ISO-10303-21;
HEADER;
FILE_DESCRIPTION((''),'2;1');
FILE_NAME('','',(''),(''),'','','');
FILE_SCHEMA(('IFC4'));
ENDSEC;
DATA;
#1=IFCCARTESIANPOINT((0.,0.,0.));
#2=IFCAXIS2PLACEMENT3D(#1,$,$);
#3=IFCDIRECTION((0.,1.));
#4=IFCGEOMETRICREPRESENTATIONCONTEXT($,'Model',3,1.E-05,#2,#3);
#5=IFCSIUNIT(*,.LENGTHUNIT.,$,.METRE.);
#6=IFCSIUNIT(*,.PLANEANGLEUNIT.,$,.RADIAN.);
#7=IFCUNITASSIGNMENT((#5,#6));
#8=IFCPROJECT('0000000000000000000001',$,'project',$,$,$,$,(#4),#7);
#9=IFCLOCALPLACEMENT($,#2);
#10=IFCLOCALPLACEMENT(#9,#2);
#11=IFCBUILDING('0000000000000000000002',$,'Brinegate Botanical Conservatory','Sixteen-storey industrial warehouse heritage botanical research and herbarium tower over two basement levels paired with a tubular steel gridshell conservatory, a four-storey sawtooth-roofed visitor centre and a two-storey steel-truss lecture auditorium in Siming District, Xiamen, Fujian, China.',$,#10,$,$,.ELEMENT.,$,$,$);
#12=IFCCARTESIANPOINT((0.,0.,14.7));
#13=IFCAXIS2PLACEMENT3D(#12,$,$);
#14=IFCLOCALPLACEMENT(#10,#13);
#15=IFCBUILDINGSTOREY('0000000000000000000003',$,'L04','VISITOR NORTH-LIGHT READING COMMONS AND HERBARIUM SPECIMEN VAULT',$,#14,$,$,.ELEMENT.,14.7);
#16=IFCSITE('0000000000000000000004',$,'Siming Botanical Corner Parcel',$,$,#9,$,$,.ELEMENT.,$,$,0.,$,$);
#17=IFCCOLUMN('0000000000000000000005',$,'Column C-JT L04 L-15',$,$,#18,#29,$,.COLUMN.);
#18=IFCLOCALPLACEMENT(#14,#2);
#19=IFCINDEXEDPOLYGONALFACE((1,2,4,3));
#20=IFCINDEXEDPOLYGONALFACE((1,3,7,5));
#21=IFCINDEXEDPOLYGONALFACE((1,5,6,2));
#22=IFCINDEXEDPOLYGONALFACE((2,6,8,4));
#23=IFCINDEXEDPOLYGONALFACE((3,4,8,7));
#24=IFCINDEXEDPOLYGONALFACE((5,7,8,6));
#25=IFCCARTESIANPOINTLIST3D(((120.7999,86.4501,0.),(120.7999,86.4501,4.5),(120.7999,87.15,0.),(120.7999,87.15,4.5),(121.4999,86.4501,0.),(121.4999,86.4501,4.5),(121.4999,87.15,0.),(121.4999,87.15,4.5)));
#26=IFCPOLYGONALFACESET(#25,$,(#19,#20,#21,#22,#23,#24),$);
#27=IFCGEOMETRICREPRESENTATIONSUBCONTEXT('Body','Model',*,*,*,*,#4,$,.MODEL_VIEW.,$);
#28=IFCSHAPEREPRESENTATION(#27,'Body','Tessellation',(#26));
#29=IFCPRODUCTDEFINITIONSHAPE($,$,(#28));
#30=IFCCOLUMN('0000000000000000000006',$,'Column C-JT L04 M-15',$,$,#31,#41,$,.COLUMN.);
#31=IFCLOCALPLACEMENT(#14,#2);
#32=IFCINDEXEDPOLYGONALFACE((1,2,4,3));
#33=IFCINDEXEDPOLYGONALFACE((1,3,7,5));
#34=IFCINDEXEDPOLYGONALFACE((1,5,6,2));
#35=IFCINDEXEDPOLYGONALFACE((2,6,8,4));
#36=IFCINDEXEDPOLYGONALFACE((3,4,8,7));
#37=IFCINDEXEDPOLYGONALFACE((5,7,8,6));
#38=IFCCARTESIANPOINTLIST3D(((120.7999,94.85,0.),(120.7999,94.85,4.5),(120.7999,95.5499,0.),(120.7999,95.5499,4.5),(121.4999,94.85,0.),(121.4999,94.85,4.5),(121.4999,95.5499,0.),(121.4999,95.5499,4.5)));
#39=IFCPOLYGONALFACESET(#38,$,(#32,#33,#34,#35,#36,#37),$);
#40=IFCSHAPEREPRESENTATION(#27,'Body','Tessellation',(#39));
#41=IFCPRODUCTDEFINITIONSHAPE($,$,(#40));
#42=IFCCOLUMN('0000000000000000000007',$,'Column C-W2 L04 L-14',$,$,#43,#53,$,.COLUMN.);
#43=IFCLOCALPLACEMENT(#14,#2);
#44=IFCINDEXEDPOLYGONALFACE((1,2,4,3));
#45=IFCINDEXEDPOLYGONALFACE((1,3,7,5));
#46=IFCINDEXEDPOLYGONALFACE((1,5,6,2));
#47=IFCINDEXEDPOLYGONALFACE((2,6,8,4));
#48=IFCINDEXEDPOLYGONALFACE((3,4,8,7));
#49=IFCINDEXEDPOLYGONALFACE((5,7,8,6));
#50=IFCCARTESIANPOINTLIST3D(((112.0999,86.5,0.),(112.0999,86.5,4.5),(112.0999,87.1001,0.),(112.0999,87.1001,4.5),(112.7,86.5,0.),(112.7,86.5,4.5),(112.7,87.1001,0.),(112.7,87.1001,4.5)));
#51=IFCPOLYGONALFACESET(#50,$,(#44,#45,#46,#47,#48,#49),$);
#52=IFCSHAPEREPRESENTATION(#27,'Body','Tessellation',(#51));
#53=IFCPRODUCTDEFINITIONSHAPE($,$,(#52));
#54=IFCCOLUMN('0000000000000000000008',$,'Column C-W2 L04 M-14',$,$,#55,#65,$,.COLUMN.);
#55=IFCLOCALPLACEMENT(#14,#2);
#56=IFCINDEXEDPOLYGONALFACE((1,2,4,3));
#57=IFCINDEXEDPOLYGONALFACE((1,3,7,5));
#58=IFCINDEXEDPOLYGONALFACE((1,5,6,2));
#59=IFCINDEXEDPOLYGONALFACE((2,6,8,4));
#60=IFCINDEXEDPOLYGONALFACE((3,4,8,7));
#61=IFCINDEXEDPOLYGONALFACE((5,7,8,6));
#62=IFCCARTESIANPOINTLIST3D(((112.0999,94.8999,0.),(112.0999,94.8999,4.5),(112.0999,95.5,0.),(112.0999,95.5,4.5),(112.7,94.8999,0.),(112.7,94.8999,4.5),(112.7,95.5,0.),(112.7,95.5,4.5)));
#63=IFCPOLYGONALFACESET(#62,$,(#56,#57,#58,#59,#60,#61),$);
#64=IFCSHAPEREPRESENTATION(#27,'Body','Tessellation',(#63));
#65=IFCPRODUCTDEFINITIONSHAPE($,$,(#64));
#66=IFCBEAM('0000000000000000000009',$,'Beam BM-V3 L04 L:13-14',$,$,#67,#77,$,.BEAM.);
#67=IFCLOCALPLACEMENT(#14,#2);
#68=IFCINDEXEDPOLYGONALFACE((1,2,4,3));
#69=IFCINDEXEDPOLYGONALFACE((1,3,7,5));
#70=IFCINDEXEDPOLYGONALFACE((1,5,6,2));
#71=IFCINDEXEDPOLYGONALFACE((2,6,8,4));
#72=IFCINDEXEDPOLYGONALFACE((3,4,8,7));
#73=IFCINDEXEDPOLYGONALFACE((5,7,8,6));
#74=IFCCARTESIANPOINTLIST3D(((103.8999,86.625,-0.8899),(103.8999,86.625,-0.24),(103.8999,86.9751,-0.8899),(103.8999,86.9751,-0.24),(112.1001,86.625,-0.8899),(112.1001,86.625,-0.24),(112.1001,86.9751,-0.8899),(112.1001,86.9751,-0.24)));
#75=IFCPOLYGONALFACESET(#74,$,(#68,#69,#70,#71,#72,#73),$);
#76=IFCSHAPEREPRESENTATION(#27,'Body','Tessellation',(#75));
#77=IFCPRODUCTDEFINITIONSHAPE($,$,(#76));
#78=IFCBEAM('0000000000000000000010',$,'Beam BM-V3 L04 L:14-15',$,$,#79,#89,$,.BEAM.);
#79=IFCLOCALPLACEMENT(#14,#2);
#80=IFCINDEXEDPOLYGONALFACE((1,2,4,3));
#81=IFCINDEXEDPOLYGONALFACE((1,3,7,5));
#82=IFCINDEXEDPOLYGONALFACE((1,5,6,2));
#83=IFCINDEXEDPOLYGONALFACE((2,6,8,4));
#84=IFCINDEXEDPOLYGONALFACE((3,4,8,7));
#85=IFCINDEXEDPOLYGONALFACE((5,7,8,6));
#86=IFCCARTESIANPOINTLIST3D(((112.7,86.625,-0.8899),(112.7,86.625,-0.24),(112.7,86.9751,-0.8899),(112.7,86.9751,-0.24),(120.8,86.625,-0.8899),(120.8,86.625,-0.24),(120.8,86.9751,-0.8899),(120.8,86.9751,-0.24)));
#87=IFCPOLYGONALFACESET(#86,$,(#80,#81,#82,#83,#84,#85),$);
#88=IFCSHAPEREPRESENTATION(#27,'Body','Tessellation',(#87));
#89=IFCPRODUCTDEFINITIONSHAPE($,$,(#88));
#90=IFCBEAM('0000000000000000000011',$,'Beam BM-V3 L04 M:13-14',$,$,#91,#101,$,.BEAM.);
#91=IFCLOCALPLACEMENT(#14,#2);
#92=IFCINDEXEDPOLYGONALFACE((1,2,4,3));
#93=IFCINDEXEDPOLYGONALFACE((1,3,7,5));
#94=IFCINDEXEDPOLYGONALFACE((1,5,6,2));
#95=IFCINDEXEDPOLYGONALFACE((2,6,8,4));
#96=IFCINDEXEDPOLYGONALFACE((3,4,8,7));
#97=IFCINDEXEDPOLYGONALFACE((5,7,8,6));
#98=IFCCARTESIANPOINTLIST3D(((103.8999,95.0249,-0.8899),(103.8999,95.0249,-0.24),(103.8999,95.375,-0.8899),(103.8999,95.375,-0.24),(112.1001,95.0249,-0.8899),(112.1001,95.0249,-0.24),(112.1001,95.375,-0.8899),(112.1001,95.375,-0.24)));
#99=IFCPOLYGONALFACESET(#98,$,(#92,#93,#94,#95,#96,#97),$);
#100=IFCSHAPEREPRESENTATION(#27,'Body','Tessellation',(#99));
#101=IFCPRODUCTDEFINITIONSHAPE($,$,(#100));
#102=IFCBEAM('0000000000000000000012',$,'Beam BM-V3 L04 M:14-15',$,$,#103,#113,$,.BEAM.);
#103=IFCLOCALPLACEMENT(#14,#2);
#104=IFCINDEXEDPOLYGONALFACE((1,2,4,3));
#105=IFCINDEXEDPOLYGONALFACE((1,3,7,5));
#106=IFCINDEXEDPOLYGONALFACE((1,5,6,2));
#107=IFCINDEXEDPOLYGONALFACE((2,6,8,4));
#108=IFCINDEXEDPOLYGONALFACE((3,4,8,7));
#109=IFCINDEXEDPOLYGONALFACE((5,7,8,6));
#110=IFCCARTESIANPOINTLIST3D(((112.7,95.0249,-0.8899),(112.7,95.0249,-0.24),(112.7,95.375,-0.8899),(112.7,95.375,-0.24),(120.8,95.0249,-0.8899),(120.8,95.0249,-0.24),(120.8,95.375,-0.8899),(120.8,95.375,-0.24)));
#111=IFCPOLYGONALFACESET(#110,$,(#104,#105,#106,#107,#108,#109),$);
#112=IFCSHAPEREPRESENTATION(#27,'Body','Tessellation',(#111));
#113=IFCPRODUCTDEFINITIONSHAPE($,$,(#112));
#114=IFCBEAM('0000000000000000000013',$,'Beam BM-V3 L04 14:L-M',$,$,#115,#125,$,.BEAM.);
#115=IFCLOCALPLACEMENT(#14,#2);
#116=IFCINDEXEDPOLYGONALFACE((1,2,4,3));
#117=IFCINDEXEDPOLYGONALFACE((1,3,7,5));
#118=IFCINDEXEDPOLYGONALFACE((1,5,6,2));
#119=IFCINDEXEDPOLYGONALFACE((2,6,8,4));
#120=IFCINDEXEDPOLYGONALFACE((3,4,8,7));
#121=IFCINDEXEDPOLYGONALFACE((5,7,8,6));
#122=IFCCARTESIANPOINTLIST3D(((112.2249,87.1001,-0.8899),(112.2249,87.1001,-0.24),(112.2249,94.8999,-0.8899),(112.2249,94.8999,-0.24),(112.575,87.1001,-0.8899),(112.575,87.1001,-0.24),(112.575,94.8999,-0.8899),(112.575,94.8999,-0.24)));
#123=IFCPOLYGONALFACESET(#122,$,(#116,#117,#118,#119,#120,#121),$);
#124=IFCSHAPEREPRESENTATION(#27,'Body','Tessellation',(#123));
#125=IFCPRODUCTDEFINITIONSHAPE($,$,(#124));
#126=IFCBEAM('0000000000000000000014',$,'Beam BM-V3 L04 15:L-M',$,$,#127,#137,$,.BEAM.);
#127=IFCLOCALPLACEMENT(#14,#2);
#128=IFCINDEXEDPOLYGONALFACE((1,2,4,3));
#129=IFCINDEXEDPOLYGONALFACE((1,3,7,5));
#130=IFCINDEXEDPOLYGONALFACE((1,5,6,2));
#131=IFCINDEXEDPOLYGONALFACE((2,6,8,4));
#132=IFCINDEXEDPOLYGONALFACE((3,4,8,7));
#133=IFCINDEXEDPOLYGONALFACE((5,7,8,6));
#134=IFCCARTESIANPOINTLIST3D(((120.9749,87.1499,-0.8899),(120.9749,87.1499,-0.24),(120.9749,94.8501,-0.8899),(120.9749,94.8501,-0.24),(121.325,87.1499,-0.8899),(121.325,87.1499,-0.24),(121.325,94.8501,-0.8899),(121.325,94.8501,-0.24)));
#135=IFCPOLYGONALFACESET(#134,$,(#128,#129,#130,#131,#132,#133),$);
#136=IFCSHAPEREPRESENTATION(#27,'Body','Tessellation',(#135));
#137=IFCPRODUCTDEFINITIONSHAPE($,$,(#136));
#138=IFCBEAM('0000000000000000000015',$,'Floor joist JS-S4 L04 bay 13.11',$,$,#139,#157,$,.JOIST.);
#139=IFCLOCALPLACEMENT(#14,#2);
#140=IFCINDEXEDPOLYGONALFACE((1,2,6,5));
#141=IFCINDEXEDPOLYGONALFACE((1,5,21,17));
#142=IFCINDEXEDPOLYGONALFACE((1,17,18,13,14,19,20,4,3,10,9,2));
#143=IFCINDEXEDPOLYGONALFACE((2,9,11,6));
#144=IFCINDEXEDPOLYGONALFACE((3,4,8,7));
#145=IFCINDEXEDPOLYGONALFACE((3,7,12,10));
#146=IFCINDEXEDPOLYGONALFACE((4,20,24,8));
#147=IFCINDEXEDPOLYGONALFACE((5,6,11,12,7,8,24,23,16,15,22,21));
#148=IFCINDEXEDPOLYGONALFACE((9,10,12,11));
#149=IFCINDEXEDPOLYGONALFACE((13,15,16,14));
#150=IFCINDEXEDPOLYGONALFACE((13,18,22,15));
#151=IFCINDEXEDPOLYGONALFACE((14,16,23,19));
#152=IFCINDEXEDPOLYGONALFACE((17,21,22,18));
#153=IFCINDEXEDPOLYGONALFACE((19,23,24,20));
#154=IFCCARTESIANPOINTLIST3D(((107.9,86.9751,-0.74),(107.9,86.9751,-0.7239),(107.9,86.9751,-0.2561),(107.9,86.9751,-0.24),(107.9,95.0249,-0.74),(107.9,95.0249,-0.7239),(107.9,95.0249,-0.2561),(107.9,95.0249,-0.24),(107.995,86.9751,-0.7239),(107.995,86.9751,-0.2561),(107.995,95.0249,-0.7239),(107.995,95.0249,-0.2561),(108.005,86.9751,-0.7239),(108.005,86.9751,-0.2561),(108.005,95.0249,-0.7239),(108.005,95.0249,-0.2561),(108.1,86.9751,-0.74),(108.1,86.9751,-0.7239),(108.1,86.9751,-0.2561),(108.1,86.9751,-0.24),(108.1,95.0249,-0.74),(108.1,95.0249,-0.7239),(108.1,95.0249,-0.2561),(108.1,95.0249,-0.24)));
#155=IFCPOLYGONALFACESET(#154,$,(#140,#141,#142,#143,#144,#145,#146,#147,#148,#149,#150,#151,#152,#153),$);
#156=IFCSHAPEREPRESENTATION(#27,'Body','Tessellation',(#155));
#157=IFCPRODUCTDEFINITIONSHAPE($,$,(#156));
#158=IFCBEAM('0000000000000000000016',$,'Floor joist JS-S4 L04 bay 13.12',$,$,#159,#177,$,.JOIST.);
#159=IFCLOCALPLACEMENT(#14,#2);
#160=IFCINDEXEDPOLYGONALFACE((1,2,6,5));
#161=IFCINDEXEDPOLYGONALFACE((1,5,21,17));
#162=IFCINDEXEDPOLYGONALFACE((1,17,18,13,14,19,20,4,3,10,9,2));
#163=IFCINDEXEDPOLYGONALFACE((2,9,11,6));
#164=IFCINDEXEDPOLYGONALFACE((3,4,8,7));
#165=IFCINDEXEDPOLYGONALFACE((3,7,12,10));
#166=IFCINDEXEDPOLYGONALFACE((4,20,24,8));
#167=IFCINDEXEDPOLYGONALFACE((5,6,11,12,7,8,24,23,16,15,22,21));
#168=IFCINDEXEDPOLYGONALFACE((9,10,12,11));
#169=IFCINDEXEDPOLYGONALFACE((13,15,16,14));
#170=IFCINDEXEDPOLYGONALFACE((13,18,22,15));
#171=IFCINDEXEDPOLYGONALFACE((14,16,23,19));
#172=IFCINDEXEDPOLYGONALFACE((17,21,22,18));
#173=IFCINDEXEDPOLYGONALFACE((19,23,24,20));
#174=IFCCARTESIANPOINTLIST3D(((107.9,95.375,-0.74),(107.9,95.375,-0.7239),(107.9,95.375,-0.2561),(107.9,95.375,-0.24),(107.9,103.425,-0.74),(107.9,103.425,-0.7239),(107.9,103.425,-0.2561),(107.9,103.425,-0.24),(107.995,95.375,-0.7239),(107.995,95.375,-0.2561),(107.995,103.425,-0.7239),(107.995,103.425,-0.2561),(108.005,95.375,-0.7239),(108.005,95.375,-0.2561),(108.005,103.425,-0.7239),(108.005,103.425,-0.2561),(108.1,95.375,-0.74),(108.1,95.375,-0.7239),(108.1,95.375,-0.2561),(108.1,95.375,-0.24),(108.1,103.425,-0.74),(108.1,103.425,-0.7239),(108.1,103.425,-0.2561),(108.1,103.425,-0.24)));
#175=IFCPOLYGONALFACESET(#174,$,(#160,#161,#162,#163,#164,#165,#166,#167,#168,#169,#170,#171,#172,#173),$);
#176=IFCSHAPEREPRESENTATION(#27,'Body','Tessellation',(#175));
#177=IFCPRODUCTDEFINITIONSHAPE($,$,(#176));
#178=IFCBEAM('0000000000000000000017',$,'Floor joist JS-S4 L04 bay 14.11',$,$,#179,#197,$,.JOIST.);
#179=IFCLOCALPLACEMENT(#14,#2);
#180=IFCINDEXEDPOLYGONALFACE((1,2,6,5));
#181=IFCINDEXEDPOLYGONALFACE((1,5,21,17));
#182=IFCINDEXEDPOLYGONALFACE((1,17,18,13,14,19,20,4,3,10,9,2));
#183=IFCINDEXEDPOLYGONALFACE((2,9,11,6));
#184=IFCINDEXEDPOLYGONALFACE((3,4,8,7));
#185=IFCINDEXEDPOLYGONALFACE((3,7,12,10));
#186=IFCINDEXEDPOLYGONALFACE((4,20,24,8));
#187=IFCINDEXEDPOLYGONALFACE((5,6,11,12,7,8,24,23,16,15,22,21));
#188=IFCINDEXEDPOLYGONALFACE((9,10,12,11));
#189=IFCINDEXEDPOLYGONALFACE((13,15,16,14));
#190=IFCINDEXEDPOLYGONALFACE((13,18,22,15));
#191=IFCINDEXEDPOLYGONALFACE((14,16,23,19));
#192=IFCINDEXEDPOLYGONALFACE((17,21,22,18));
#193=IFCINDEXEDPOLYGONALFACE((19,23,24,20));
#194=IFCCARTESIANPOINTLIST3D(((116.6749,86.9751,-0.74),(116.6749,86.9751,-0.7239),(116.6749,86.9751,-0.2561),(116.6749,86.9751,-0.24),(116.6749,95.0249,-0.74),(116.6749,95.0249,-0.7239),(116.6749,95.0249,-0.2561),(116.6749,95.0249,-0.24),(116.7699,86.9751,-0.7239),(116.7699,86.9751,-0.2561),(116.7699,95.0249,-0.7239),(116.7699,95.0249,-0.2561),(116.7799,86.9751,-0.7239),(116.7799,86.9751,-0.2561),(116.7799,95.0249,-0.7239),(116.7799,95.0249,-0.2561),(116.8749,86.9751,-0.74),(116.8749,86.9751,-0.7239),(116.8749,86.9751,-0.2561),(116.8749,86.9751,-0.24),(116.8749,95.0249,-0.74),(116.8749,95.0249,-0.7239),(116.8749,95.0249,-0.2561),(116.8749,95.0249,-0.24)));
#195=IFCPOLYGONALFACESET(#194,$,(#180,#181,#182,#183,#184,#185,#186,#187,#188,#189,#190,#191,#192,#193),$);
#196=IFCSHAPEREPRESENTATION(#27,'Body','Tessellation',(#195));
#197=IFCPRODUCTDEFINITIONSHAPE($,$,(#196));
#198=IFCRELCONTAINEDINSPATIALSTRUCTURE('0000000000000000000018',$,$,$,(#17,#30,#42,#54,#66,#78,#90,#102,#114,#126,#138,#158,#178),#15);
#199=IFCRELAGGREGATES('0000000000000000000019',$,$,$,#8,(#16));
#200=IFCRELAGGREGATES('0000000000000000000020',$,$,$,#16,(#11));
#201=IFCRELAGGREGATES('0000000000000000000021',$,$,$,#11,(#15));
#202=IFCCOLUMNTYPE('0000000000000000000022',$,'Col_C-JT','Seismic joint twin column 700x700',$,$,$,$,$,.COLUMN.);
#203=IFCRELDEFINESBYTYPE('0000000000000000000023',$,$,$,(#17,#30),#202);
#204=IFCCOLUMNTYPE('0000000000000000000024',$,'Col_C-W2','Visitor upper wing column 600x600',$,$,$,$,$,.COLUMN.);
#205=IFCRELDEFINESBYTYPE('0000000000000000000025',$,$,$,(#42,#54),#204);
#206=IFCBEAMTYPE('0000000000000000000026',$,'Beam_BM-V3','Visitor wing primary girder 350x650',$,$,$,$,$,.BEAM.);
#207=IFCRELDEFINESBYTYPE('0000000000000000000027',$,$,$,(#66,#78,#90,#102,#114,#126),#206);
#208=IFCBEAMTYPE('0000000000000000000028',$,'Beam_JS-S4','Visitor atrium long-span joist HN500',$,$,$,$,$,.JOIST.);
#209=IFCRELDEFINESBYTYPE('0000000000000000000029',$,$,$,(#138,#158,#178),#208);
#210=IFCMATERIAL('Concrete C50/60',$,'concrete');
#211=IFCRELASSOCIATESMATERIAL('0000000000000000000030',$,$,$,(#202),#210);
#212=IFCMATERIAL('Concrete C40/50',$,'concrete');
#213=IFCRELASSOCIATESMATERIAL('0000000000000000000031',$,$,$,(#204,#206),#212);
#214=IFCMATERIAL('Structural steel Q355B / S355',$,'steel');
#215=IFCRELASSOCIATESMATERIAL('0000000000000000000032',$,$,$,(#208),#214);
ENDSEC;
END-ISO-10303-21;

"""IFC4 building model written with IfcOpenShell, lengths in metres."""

from ifc_helpers import new_model, si_unit, direction, frame, origin, origin_2d, place, context, subcontext, project, spatial, rectangle, i_section, extrude, material, material_profile, profile_set, type_object, element, save


model = new_model("IFC4")

# Units and contexts
model_context = context("Model", 3, precision=1e-05, world=origin(), true_north=direction((0.0, 1.0)))
body_context = subcontext(model_context, "Body", "Model", "MODEL_VIEW")
ifc_project = project(units=[si_unit("LENGTHUNIT", "METRE"), si_unit("PLANEANGLEUNIT", "RADIAN")], contexts=[model_context])

# Site, building, storey
site_placement = place(None, origin())
site = spatial("IfcSite", under=ifc_project, at=site_placement, Name="Siming Botanical Corner Parcel", CompositionType="ELEMENT", RefElevation=0.0)
building_placement = place(site_placement, origin())
building = spatial("IfcBuilding", under=site, at=building_placement, Name="Brinegate Botanical Conservatory", Description="Sixteen-storey industrial warehouse heritage botanical research and herbarium tower over two basement levels paired with a tubular steel gridshell conservatory, a four-storey sawtooth-roofed visitor centre and a two-storey steel-truss lecture auditorium in Siming District, Xiamen, Fujian, China.", CompositionType="ELEMENT")
storey_placement = place(building_placement, frame((0.0, 0.0, 14.7)))
storey = spatial("IfcBuildingStorey", under=building, at=storey_placement, Name="L04", Description="VISITOR NORTH-LIGHT READING COMMONS AND HERBARIUM SPECIMEN VAULT", CompositionType="ELEMENT", Elevation=14.7)

# Columns
ifc_material_1 = material(Name="Concrete C50/60", Category="concrete")
ifc_material_profile_1 = material_profile(ifc_material_1, rectangle(XDim=0.7, YDim=0.7, at=origin_2d()), Name="RC COL 700x700")
ifc_profile_set_1 = profile_set([ifc_material_profile_1], Name="Concrete C50/60")
column_type_1 = type_object("IfcColumnType", Name="Col_C-JT", Description="Seismic joint twin column 700x700", PredefinedType="COLUMN", material=ifc_profile_set_1)
for number, where, z_axis, x_axis, name in (
    (1, (121.1499, 86.8, 0.0), (0.0, 0.0, 1.0), (1.0, 0.0, 0.0), "Column C-JT L04 L-15"),
    (2, (121.1499, 95.2, 0.0), (0.0, 0.0, 1.0), (1.0, 0.0, 0.0), "Column C-JT L04 M-15"),
):
    element("IfcColumn", number, at=place(storey_placement, frame(where, z_axis=z_axis, x_axis=x_axis)), inside=storey, type_object=column_type_1, Name=name, PredefinedType="COLUMN", context=body_context, shape_type="SweptSolid", body=[
        extrude(rectangle(XDim=0.7, YDim=0.7, at=origin_2d()), origin(), (0.0, 0.0, 1.0), 4.5),
    ])
ifc_material_2 = material(Name="Concrete C40/50", Category="concrete")
ifc_material_profile_2 = material_profile(ifc_material_2, rectangle(XDim=0.6001, YDim=0.6001, at=origin_2d()), Name="RC COL 600x600")
ifc_profile_set_2 = profile_set([ifc_material_profile_2], Name="Concrete C40/50")
column_type_2 = type_object("IfcColumnType", Name="Col_C-W2", Description="Visitor upper wing column 600x600", PredefinedType="COLUMN", material=ifc_profile_set_2)
for number, where, z_axis, x_axis, name in (
    (3, (112.3999, 86.8, 0.0), (0.0, 0.0, 1.0), (1.0, 0.0, 0.0), "Column C-W2 L04 L-14"),
    (4, (112.3999, 95.2, 0.0), (0.0, 0.0, 1.0), (1.0, 0.0, 0.0), "Column C-W2 L04 M-14"),
):
    element("IfcColumn", number, at=place(storey_placement, frame(where, z_axis=z_axis, x_axis=x_axis)), inside=storey, type_object=column_type_2, Name=name, PredefinedType="COLUMN", context=body_context, shape_type="SweptSolid", body=[
        extrude(rectangle(XDim=0.6001, YDim=0.6001, at=origin_2d()), origin(), (0.0, 0.0, 1.0), 4.5),
    ])

# Beams
ifc_material_profile_3 = material_profile(ifc_material_2, rectangle(XDim=0.3501, YDim=0.6499, at=origin_2d()), Name="RC BM 350x650")
ifc_profile_set_3 = profile_set([ifc_material_profile_3], Name="Concrete C40/50")
beam_type_1 = type_object("IfcBeamType", Name="Beam_BM-V3", Description="Visitor wing primary girder 350x650", PredefinedType="BEAM", material=ifc_profile_set_3)
beam_1_placement = place(storey_placement, frame((103.8999, 86.8, -0.5649), z_axis=(1.0, 0.0, 0.0), x_axis=(0.0, 1.0, 0.0)))
element("IfcBeam", 5, at=beam_1_placement, inside=storey, type_object=beam_type_1, Name="Beam BM-V3 L04 L:13-14", PredefinedType="BEAM", context=body_context, shape_type="SweptSolid", body=[
    extrude(rectangle(XDim=0.3501, YDim=0.6499, at=origin_2d()), origin(), (0.0, 0.0, 1.0), 8.2002),
])
beam_2_placement = place(storey_placement, frame((112.7, 86.8, -0.5649), z_axis=(1.0, 0.0, 0.0), x_axis=(0.0, 1.0, 0.0)))
element("IfcBeam", 6, at=beam_2_placement, inside=storey, type_object=beam_type_1, Name="Beam BM-V3 L04 L:14-15", PredefinedType="BEAM", context=body_context, shape_type="SweptSolid", body=[
    extrude(rectangle(XDim=0.3501, YDim=0.6499, at=origin_2d()), origin(), (0.0, 0.0, 1.0), 8.1001),
])
beam_3_placement = place(storey_placement, frame((103.8999, 95.2, -0.5649), z_axis=(1.0, 0.0, 0.0), x_axis=(0.0, 1.0, 0.0)))
element("IfcBeam", 7, at=beam_3_placement, inside=storey, type_object=beam_type_1, Name="Beam BM-V3 L04 M:13-14", PredefinedType="BEAM", context=body_context, shape_type="SweptSolid", body=[
    extrude(rectangle(XDim=0.3501, YDim=0.6499, at=origin_2d()), origin(), (0.0, 0.0, 1.0), 8.2002),
])
beam_4_placement = place(storey_placement, frame((112.7, 95.2, -0.5649), z_axis=(1.0, 0.0, 0.0), x_axis=(0.0, 1.0, 0.0)))
element("IfcBeam", 8, at=beam_4_placement, inside=storey, type_object=beam_type_1, Name="Beam BM-V3 L04 M:14-15", PredefinedType="BEAM", context=body_context, shape_type="SweptSolid", body=[
    extrude(rectangle(XDim=0.3501, YDim=0.6499, at=origin_2d()), origin(), (0.0, 0.0, 1.0), 8.1001),
])
beam_5_placement = place(storey_placement, frame((112.3999, 87.1001, -0.5649), z_axis=(0.0, 1.0, 0.0), x_axis=(-1.0, 0.0, 0.0)))
element("IfcBeam", 9, at=beam_5_placement, inside=storey, type_object=beam_type_1, Name="Beam BM-V3 L04 14:L-M", PredefinedType="BEAM", context=body_context, shape_type="SweptSolid", body=[
    extrude(rectangle(XDim=0.3501, YDim=0.6499, at=origin_2d()), origin(), (0.0, 0.0, 1.0), 7.7998),
])
beam_6_placement = place(storey_placement, frame((121.1499, 87.1499, -0.5649), z_axis=(0.0, 1.0, 0.0), x_axis=(-1.0, 0.0, 0.0)))
element("IfcBeam", 10, at=beam_6_placement, inside=storey, type_object=beam_type_1, Name="Beam BM-V3 L04 15:L-M", PredefinedType="BEAM", context=body_context, shape_type="SweptSolid", body=[
    extrude(rectangle(XDim=0.3501, YDim=0.6499, at=origin_2d()), origin(), (0.0, 0.0, 1.0), 7.7002),
])
ifc_material_3 = material(Name="Structural steel Q355B / S355", Category="steel")
ifc_material_profile_4 = material_profile(ifc_material_3, i_section(OverallWidth=0.2, OverallDepth=0.5, WebThickness=0.01, FlangeThickness=0.0161, at=origin_2d()), Name="HN 500x200x10x16")
ifc_profile_set_4 = profile_set([ifc_material_profile_4], Name="Structural steel Q355B / S355")
beam_type_2 = type_object("IfcBeamType", Name="Beam_JS-S4", Description="Visitor atrium long-span joist HN500", PredefinedType="JOIST", material=ifc_profile_set_4)
beam_7_placement = place(storey_placement, frame((108.0, 86.9751, -0.49), z_axis=(0.0, 1.0, 0.0), x_axis=(-1.0, 0.0, 0.0)))
element("IfcBeam", 11, at=beam_7_placement, inside=storey, type_object=beam_type_2, Name="Floor joist JS-S4 L04 bay 13.11", PredefinedType="JOIST", context=body_context, shape_type="SweptSolid", body=[
    extrude(i_section(OverallWidth=0.2, OverallDepth=0.5, WebThickness=0.01, FlangeThickness=0.0161, at=origin_2d()), origin(), (0.0, 0.0, 1.0), 8.0498),
])
beam_8_placement = place(storey_placement, frame((108.0, 95.375, -0.49), z_axis=(0.0, 1.0, 0.0), x_axis=(-1.0, 0.0, 0.0)))
element("IfcBeam", 12, at=beam_8_placement, inside=storey, type_object=beam_type_2, Name="Floor joist JS-S4 L04 bay 13.12", PredefinedType="JOIST", context=body_context, shape_type="SweptSolid", body=[
    extrude(i_section(OverallWidth=0.2, OverallDepth=0.5, WebThickness=0.01, FlangeThickness=0.0161, at=origin_2d()), origin(), (0.0, 0.0, 1.0), 8.05),
])
beam_9_placement = place(storey_placement, frame((116.7749, 86.9751, -0.49), z_axis=(0.0, 1.0, 0.0), x_axis=(-1.0, 0.0, 0.0)))
element("IfcBeam", 13, at=beam_9_placement, inside=storey, type_object=beam_type_2, Name="Floor joist JS-S4 L04 bay 14.11", PredefinedType="JOIST", context=body_context, shape_type="SweptSolid", body=[
    extrude(i_section(OverallWidth=0.2, OverallDepth=0.5, WebThickness=0.01, FlangeThickness=0.0161, at=origin_2d()), origin(), (0.0, 0.0, 1.0), 8.0498),
])

save(model, "model.ifc")
